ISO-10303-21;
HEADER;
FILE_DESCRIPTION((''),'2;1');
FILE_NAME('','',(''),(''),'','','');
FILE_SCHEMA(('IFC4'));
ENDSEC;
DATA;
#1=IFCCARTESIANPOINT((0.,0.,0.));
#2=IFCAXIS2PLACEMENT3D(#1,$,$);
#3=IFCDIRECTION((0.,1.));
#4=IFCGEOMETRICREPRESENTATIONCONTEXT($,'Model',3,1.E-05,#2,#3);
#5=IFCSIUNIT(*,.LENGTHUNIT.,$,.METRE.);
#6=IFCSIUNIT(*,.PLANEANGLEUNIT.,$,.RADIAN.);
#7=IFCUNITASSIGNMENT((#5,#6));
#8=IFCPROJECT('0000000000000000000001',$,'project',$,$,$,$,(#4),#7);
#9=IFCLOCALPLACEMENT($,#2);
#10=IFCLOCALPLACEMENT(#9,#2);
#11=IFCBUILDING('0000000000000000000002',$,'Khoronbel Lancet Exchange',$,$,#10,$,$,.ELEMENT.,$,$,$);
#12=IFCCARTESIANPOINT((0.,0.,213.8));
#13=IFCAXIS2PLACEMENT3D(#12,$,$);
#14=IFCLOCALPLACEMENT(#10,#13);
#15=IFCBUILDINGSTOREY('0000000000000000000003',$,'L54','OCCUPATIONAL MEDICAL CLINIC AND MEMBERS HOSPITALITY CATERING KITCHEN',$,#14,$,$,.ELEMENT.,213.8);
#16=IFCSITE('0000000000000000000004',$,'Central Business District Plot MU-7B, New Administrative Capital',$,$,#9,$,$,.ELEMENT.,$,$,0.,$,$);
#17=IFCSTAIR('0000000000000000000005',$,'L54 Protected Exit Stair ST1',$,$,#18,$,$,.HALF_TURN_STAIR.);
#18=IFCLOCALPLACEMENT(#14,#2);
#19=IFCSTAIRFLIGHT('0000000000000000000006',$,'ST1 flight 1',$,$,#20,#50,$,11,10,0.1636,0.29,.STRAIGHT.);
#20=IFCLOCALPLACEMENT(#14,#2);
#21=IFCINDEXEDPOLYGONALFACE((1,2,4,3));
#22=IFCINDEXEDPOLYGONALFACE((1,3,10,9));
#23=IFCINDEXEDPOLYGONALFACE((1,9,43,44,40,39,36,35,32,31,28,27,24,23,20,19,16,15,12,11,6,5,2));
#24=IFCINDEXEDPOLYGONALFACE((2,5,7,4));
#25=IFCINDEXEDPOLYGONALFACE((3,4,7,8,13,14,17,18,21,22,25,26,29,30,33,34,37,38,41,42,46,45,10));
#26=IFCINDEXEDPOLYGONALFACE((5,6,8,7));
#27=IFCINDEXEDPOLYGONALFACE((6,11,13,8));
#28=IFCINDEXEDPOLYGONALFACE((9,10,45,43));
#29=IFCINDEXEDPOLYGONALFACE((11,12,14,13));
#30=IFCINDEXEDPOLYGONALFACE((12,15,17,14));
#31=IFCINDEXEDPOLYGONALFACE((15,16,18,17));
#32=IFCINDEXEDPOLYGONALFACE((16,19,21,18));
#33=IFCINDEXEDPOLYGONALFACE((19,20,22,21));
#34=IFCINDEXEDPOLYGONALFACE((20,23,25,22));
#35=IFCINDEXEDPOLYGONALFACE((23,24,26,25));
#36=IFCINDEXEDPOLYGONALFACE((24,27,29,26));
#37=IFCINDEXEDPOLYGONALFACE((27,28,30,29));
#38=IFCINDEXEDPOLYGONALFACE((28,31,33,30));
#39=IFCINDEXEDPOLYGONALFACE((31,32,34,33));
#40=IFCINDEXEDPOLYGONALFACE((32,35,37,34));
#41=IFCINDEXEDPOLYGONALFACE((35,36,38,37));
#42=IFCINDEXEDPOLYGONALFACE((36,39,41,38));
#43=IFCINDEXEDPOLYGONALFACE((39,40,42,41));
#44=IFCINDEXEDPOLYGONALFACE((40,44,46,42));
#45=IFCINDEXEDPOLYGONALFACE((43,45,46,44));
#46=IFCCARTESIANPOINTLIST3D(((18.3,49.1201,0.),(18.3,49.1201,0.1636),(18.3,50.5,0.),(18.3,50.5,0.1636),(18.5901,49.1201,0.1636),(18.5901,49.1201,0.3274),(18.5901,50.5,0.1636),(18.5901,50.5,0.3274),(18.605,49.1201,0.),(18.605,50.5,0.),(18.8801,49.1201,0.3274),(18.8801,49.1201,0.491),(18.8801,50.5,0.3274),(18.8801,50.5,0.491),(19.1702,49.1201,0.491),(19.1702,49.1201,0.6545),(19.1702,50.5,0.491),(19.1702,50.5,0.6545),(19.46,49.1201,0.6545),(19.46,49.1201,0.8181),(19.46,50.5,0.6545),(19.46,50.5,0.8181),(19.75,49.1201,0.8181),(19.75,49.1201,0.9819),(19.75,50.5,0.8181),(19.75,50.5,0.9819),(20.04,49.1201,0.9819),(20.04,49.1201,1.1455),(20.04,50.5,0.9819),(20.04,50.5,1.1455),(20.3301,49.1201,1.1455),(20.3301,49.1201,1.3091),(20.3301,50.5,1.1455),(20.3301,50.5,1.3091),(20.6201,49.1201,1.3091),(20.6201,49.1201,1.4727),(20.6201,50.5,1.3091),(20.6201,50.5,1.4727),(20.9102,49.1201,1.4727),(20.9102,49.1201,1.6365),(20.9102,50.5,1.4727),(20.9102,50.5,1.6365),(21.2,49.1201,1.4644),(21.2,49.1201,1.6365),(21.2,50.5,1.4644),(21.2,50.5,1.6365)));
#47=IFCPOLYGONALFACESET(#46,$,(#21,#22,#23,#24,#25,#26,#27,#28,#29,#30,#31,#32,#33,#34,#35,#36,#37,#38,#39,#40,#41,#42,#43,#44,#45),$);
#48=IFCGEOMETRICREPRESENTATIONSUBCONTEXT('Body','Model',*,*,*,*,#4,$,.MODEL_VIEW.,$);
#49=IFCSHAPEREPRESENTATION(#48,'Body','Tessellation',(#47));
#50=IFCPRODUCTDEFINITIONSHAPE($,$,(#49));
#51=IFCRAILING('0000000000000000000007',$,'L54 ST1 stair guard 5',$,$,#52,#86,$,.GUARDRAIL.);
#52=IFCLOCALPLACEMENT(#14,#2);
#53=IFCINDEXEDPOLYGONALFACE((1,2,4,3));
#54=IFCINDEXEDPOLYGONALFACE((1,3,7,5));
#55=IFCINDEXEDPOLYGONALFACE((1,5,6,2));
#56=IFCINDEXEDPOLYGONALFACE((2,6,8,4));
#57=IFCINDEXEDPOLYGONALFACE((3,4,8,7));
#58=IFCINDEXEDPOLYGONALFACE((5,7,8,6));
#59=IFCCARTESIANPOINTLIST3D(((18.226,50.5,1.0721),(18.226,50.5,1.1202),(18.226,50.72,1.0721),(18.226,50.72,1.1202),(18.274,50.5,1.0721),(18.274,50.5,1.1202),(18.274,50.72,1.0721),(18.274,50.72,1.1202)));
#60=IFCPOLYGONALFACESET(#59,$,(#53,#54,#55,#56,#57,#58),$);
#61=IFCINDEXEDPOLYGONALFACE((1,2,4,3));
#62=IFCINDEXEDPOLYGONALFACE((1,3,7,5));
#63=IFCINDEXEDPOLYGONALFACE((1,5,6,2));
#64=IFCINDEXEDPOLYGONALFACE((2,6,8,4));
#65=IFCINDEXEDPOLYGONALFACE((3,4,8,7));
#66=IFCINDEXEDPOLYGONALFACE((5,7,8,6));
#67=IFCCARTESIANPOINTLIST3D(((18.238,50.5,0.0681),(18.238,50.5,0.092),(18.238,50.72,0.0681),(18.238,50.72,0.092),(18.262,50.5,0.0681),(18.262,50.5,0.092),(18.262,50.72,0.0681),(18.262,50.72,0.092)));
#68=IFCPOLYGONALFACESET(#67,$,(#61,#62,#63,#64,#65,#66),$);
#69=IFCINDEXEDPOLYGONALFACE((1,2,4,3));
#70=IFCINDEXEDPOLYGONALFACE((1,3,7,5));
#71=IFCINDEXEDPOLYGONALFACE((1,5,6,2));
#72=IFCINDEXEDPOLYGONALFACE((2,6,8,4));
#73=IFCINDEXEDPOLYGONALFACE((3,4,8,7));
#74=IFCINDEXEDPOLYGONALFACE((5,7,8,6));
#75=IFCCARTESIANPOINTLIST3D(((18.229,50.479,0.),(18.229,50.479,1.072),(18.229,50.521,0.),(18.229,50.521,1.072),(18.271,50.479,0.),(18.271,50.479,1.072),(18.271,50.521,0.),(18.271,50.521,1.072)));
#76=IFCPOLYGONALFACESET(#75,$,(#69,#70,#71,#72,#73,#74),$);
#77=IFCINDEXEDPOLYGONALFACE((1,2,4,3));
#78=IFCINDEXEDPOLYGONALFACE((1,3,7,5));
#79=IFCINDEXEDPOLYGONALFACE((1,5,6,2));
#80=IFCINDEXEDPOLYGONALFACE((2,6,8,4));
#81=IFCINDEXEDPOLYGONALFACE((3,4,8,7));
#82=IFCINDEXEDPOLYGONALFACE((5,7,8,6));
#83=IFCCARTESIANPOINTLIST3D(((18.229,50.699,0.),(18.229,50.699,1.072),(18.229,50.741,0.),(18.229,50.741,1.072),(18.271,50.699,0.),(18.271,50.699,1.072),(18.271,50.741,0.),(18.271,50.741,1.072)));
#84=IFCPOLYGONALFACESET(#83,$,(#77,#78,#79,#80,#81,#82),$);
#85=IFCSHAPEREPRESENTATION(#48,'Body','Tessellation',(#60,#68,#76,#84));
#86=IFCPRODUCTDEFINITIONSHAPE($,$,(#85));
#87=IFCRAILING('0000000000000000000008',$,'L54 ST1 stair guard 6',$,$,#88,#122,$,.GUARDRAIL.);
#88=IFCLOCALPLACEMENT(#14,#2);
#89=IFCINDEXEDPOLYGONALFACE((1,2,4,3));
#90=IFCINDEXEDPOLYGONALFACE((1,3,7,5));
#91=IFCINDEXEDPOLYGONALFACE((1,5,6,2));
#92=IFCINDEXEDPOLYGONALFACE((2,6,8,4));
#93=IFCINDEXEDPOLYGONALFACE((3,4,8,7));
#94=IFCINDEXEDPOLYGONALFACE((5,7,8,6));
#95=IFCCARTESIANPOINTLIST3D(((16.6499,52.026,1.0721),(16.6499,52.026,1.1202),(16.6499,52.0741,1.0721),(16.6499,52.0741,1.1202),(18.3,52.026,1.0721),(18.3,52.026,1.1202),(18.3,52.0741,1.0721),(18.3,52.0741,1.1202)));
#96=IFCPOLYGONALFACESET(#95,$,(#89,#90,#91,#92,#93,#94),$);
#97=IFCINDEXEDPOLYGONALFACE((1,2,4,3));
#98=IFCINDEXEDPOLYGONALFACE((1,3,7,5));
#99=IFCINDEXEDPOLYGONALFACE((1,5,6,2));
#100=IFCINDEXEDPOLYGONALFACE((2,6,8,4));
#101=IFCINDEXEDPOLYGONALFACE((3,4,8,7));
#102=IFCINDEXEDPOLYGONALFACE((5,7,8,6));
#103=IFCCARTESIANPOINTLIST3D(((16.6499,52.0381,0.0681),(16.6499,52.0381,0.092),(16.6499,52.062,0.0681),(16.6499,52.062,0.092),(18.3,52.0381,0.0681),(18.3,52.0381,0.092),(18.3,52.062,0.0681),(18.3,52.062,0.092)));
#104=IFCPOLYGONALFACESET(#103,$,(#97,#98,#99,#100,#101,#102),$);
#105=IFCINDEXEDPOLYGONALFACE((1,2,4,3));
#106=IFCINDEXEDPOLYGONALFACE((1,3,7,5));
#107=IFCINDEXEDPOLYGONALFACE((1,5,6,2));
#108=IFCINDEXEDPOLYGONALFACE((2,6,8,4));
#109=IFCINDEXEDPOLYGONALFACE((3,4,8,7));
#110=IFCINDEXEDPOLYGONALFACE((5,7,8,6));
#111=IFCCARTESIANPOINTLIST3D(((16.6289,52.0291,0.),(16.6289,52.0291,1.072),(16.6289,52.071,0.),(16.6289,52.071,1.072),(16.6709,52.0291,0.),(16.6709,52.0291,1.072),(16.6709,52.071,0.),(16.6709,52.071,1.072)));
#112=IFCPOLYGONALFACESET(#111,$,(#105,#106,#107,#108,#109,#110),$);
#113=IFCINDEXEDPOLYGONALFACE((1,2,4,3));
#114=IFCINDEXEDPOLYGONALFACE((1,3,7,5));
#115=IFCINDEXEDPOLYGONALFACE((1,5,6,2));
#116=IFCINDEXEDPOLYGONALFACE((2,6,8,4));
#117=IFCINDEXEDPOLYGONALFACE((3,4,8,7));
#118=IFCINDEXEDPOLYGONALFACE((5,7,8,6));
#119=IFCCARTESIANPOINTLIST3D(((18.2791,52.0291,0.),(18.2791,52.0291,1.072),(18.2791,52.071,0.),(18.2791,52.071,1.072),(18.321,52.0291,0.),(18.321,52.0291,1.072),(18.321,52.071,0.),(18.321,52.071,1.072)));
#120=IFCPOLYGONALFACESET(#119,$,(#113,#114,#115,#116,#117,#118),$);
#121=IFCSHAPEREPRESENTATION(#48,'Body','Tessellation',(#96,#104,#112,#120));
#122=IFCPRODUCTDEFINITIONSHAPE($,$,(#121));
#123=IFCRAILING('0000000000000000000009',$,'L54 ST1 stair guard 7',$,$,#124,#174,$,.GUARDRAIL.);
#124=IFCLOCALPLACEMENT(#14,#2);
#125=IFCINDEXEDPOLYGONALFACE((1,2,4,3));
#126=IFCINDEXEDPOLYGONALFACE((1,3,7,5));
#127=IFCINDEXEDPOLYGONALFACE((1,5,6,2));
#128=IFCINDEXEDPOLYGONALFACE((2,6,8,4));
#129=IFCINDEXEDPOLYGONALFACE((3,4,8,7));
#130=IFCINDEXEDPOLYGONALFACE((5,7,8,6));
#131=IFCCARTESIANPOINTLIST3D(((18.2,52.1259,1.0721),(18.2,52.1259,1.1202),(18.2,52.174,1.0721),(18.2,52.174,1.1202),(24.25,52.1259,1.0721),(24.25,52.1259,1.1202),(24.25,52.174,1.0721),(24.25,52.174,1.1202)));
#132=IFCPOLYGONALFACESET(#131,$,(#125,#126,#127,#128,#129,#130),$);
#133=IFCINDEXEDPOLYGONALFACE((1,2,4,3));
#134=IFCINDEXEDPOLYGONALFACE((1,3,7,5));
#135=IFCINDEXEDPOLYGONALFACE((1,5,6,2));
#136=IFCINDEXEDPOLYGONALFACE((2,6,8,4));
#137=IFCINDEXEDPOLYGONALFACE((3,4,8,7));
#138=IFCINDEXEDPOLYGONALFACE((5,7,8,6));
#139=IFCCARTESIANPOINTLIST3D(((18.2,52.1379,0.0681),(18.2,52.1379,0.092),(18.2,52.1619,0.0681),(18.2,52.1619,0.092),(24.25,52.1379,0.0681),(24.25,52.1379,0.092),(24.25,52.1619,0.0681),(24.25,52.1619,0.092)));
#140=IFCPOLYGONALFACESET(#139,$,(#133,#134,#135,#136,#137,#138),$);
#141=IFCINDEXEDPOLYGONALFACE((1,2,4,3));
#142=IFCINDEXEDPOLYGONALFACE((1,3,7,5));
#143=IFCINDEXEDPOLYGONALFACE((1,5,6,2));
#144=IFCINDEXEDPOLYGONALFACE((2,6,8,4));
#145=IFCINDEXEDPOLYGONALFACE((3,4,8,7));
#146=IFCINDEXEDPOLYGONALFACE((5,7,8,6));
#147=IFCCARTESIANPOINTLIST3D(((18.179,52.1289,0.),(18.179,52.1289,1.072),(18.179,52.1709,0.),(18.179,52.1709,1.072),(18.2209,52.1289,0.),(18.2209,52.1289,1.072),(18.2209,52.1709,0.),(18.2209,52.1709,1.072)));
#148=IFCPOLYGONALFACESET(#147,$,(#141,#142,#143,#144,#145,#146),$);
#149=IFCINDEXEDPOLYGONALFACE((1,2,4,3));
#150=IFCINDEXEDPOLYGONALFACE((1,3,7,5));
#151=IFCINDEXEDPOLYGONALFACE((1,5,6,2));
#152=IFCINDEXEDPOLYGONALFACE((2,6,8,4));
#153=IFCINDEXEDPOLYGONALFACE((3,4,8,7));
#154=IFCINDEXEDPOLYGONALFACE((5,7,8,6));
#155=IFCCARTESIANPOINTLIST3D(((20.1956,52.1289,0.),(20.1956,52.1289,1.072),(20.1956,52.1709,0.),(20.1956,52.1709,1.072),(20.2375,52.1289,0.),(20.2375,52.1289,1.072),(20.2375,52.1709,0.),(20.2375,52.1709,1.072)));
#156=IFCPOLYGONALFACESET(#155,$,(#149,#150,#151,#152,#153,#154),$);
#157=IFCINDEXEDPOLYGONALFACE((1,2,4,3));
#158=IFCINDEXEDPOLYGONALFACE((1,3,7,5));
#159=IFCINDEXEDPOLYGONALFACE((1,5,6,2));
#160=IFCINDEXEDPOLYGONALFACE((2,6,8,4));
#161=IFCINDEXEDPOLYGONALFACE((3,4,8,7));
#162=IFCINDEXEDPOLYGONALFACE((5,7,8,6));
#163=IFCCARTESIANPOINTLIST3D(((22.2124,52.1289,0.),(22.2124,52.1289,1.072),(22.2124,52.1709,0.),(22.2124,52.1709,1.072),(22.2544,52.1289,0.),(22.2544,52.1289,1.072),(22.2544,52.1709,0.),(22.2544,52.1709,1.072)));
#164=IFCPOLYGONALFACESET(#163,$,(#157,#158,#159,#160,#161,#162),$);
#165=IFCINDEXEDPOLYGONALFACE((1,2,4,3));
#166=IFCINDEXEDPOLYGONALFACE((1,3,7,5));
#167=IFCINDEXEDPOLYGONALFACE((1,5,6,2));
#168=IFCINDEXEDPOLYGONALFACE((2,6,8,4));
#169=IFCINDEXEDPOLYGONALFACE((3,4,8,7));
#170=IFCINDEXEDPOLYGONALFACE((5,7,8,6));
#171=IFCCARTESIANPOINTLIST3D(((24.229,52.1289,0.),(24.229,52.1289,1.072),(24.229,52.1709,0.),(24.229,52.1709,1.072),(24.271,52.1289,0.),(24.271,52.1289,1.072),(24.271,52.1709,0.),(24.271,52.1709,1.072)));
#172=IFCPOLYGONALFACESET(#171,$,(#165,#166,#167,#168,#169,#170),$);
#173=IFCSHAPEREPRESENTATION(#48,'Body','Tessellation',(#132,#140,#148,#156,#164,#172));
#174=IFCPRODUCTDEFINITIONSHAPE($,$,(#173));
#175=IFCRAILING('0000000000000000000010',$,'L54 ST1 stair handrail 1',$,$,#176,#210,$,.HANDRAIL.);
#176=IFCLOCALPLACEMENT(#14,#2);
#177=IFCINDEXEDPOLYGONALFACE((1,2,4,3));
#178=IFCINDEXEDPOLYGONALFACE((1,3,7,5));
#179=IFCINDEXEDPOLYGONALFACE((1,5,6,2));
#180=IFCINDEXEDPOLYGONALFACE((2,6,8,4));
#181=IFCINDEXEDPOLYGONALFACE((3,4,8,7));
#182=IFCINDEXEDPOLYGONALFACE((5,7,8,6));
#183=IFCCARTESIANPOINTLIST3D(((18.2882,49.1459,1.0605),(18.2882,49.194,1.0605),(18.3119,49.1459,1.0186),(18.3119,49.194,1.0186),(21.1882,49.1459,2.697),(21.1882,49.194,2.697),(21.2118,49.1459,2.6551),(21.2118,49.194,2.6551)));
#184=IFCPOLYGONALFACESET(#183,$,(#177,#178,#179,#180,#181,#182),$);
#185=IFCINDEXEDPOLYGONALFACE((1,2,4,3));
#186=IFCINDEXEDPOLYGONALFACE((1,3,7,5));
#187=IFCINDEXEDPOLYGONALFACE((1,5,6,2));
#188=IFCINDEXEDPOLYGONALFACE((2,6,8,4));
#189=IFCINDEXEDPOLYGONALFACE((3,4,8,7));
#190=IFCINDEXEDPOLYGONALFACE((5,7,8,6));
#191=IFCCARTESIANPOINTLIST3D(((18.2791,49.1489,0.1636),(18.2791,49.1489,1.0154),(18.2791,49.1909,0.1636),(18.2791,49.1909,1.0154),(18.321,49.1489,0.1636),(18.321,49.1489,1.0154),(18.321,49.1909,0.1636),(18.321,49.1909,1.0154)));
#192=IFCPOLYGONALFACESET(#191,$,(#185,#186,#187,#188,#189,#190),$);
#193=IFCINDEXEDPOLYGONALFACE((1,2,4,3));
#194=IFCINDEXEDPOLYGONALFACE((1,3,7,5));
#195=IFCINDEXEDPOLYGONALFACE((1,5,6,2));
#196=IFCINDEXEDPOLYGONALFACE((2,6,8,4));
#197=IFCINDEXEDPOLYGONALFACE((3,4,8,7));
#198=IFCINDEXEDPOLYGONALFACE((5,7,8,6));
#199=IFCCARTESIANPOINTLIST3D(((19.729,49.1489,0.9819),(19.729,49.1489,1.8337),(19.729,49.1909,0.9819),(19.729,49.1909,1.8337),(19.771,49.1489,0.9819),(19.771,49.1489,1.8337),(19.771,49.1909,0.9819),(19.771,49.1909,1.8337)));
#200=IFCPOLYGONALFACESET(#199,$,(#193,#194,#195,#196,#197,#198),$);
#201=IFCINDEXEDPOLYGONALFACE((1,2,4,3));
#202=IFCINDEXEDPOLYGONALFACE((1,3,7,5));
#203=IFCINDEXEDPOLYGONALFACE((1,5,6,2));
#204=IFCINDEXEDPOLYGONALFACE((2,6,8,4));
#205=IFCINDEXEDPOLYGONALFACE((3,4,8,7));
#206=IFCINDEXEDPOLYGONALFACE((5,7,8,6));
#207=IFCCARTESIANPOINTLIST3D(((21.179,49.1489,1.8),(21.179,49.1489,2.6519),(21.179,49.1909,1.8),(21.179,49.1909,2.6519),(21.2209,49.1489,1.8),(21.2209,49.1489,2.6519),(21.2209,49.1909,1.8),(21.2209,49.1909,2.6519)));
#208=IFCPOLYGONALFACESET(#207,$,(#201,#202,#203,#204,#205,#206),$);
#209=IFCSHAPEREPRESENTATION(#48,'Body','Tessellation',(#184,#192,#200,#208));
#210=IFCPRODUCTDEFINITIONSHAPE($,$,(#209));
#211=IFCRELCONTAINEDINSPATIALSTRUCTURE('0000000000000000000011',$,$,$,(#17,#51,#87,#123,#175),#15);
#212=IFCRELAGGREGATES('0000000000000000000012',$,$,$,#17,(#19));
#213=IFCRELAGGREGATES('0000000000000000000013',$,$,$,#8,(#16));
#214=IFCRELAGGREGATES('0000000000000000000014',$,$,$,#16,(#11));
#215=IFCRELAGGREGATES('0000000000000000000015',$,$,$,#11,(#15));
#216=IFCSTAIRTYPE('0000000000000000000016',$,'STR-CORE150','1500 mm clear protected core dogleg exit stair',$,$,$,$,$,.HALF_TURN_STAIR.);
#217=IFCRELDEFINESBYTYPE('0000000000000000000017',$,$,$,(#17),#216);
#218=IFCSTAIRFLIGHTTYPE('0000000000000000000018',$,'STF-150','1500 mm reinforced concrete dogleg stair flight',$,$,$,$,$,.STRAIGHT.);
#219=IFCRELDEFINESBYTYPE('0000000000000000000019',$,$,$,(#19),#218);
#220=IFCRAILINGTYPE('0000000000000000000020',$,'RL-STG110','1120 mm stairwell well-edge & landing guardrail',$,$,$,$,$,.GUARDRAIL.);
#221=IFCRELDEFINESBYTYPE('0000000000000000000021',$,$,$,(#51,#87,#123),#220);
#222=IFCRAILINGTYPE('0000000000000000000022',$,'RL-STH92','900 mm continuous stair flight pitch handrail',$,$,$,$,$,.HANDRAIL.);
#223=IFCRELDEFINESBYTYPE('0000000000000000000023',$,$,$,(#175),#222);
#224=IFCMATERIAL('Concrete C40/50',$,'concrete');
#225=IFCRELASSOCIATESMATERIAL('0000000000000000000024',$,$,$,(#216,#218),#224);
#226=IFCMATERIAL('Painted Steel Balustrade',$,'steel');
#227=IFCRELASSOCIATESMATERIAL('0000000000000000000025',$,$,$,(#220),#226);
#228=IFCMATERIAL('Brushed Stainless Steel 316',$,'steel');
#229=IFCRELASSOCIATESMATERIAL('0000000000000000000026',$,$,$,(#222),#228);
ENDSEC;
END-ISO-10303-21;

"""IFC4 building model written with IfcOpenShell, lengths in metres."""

from ifc_helpers import new_model, si_unit, direction, frame, origin, origin_2d, place, context, subcontext, project, spatial, polyline, rectangle, outline, extrude, material, type_object, element, aggregate, save


model = new_model("IFC4")

# Units and contexts
model_context = context("Model", 3, precision=1e-05, world=origin(), true_north=direction((0.0, 1.0)))
body_context = subcontext(model_context, "Body", "Model", "MODEL_VIEW")
ifc_project = project(units=[si_unit("LENGTHUNIT", "METRE"), si_unit("PLANEANGLEUNIT", "RADIAN")], contexts=[model_context])

# Site, building, storey
site_placement = place(None, origin())
site = spatial("IfcSite", under=ifc_project, at=site_placement, Name="Central Business District Plot MU-7B, New Administrative Capital", CompositionType="ELEMENT", RefElevation=0.0)
building_placement = place(site_placement, origin())
building = spatial("IfcBuilding", under=site, at=building_placement, Name="Khoronbel Lancet Exchange", CompositionType="ELEMENT")
storey_placement = place(building_placement, frame((0.0, 0.0, 213.8)))
storey = spatial("IfcBuildingStorey", under=building, at=storey_placement, Name="L54", Description="OCCUPATIONAL MEDICAL CLINIC AND MEMBERS HOSPITALITY CATERING KITCHEN", CompositionType="ELEMENT", Elevation=213.8)

# Stair, stair flight
ifc_material_1 = material(Name="Concrete C40/50", Category="concrete")
stair_type = type_object("IfcStairType", Name="STR-CORE150", Description="1500 mm clear protected core dogleg exit stair", PredefinedType="HALF_TURN_STAIR", material=ifc_material_1)
stair_placement = place(storey_placement, origin())
stair = element("IfcStair", 1, at=stair_placement, inside=storey, type_object=stair_type, Name="L54 Protected Exit Stair ST1", PredefinedType="HALF_TURN_STAIR")
stair_flight_type = type_object("IfcStairFlightType", Name="STF-150", Description="1500 mm reinforced concrete dogleg stair flight", PredefinedType="STRAIGHT", material=ifc_material_1)
stair_flight_placement = place(storey_placement, frame((18.3, 49.8101, 0.0), z_axis=(0.0, 0.0, 1.0), x_axis=(1.0, 0.0, 0.0)))
stair_flight = element("IfcStairFlight", 2, at=stair_flight_placement, type_object=stair_flight_type, Name="ST1 flight 1", NumberOfRisers=11, NumberOfTreads=10, PredefinedType="STRAIGHT", RiserHeight=0.1636, TreadLength=0.29, context=body_context, shape_type="SweptSolid", body=[
    extrude(outline(polyline([(0.0, 0.0), (0.0, 0.1636), (0.29, 0.1636), (0.29, 0.3274), (0.5801, 0.3274), (0.5801, 0.491), (0.8701, 0.491), (0.8701, 0.6545), (1.1599, 0.6545), (1.1599, 0.8181), (1.45, 0.8181), (1.45, 0.9819), (1.74, 0.9819), (1.74, 1.1455), (2.03, 1.1455), (2.03, 1.3091), (2.3201, 1.3091), (2.3201, 1.4727), (2.6101, 1.4727), (2.6101, 1.6365), (2.8999, 1.6365), (2.8999, 1.8), (2.8999, 1.4644), (0.3049, 0.0), (0.0, 0.0)])), frame((0.0, 0.6899, 0.0), z_axis=(0.0, -1.0, 0.0), x_axis=(1.0, 0.0, 0.0)), (0.0, 0.0, 1.0), 1.3799),
])
aggregate(stair, [stair_flight])

# Railings
ifc_material_2 = material(Name="Painted Steel Balustrade", Category="steel")
railing_type_1 = type_object("IfcRailingType", Name="RL-STG110", Description="1120 mm stairwell well-edge & landing guardrail", PredefinedType="GUARDRAIL", material=ifc_material_2)
railing_1_placement = place(storey_placement, frame((18.25, 50.5, 0.0)))
element("IfcRailing", 3, at=railing_1_placement, inside=storey, type_object=railing_type_1, Name="L54 ST1 stair guard 5", PredefinedType="GUARDRAIL", context=body_context, shape_type="SweptSolid", body=[
    extrude(rectangle(XDim=0.0481, YDim=0.0481, at=origin_2d()), frame((0.0, 0.0, 1.0962), z_axis=(0.0, 1.0, 0.0), x_axis=(-1.0, 0.0, 0.0)), (0.0, 0.0, 1.0), 0.22),
    extrude(rectangle(XDim=0.0239, YDim=0.0239, at=origin_2d()), frame((0.0, 0.0, 0.0801), z_axis=(0.0, 1.0, 0.0), x_axis=(-1.0, 0.0, 0.0)), (0.0, 0.0, 1.0), 0.22),
    extrude(rectangle(XDim=0.042, YDim=0.042, at=origin_2d()), origin(), (0.0, 0.0, 1.0), 1.072),
    extrude(rectangle(XDim=0.042, YDim=0.042, at=origin_2d()), frame((0.0, 0.22, 0.0)), (0.0, 0.0, 1.0), 1.072),
])
railing_2_placement = place(storey_placement, frame((16.6499, 52.05, 0.0)))
element("IfcRailing", 4, at=railing_2_placement, inside=storey, type_object=railing_type_1, Name="L54 ST1 stair guard 6", PredefinedType="GUARDRAIL", context=body_context, shape_type="SweptSolid", body=[
    extrude(rectangle(XDim=0.0481, YDim=0.0481, at=origin_2d()), frame((0.0, 0.0, 1.0962), z_axis=(1.0, 0.0, 0.0), x_axis=(0.0, 1.0, 0.0)), (0.0, 0.0, 1.0), 1.6501),
    extrude(rectangle(XDim=0.0239, YDim=0.0239, at=origin_2d()), frame((0.0, 0.0, 0.0801), z_axis=(1.0, 0.0, 0.0), x_axis=(0.0, 1.0, 0.0)), (0.0, 0.0, 1.0), 1.6501),
    extrude(rectangle(XDim=0.042, YDim=0.042, at=origin_2d()), origin(), (0.0, 0.0, 1.0), 1.072),
    extrude(rectangle(XDim=0.042, YDim=0.042, at=origin_2d()), frame((1.6501, 0.0, 0.0)), (0.0, 0.0, 1.0), 1.072),
])
railing_3_placement = place(storey_placement, frame((18.2, 52.1499, 0.0)))
element("IfcRailing", 5, at=railing_3_placement, inside=storey, type_object=railing_type_1, Name="L54 ST1 stair guard 7", PredefinedType="GUARDRAIL", context=body_context, shape_type="SweptSolid", body=[
    extrude(rectangle(XDim=0.0481, YDim=0.0481, at=origin_2d()), frame((0.0, 0.0, 1.0962), z_axis=(1.0, 0.0, 0.0), x_axis=(0.0, 1.0, 0.0)), (0.0, 0.0, 1.0), 6.05),
    extrude(rectangle(XDim=0.0239, YDim=0.0239, at=origin_2d()), frame((0.0, 0.0, 0.0801), z_axis=(1.0, 0.0, 0.0), x_axis=(0.0, 1.0, 0.0)), (0.0, 0.0, 1.0), 6.05),
    extrude(rectangle(XDim=0.042, YDim=0.042, at=origin_2d()), origin(), (0.0, 0.0, 1.0), 1.072),
    extrude(rectangle(XDim=0.042, YDim=0.042, at=origin_2d()), frame((2.0166, 0.0, 0.0)), (0.0, 0.0, 1.0), 1.072),
    extrude(rectangle(XDim=0.042, YDim=0.042, at=origin_2d()), frame((4.0334, 0.0, 0.0)), (0.0, 0.0, 1.0), 1.072),
    extrude(rectangle(XDim=0.042, YDim=0.042, at=origin_2d()), frame((6.05, 0.0, 0.0)), (0.0, 0.0, 1.0), 1.072),
])
ifc_material_3 = material(Name="Brushed Stainless Steel 316", Category="steel")
railing_type_2 = type_object("IfcRailingType", Name="RL-STH92", Description="900 mm continuous stair flight pitch handrail", PredefinedType="HANDRAIL", material=ifc_material_3)
railing_4_placement = place(storey_placement, frame((18.3, 49.1699, 0.1636)))
element("IfcRailing", 6, at=railing_4_placement, inside=storey, type_object=railing_type_2, Name="L54 ST1 stair handrail 1", PredefinedType="HANDRAIL", context=body_context, shape_type="SweptSolid", body=[
    extrude(rectangle(XDim=0.0481, YDim=0.0481, at=origin_2d()), frame((0.0, 0.0, 0.876), z_axis=(0.870897, 0.0, 0.491465), x_axis=(0.0, 1.0, 0.0)), (0.0, 0.0, 1.0), 3.3298),
    extrude(rectangle(XDim=0.042, YDim=0.042, at=origin_2d()), origin(), (0.0, 0.0, 1.0), 0.8518),
    extrude(rectangle(XDim=0.042, YDim=0.042, at=origin_2d()), frame((1.45, 0.0, 0.8184)), (0.0, 0.0, 1.0), 0.8518),
    extrude(rectangle(XDim=0.042, YDim=0.042, at=origin_2d()), frame((2.8999, 0.0, 1.6365)), (0.0, 0.0, 1.0), 0.8518),
])

save(model, "model.ifc")
